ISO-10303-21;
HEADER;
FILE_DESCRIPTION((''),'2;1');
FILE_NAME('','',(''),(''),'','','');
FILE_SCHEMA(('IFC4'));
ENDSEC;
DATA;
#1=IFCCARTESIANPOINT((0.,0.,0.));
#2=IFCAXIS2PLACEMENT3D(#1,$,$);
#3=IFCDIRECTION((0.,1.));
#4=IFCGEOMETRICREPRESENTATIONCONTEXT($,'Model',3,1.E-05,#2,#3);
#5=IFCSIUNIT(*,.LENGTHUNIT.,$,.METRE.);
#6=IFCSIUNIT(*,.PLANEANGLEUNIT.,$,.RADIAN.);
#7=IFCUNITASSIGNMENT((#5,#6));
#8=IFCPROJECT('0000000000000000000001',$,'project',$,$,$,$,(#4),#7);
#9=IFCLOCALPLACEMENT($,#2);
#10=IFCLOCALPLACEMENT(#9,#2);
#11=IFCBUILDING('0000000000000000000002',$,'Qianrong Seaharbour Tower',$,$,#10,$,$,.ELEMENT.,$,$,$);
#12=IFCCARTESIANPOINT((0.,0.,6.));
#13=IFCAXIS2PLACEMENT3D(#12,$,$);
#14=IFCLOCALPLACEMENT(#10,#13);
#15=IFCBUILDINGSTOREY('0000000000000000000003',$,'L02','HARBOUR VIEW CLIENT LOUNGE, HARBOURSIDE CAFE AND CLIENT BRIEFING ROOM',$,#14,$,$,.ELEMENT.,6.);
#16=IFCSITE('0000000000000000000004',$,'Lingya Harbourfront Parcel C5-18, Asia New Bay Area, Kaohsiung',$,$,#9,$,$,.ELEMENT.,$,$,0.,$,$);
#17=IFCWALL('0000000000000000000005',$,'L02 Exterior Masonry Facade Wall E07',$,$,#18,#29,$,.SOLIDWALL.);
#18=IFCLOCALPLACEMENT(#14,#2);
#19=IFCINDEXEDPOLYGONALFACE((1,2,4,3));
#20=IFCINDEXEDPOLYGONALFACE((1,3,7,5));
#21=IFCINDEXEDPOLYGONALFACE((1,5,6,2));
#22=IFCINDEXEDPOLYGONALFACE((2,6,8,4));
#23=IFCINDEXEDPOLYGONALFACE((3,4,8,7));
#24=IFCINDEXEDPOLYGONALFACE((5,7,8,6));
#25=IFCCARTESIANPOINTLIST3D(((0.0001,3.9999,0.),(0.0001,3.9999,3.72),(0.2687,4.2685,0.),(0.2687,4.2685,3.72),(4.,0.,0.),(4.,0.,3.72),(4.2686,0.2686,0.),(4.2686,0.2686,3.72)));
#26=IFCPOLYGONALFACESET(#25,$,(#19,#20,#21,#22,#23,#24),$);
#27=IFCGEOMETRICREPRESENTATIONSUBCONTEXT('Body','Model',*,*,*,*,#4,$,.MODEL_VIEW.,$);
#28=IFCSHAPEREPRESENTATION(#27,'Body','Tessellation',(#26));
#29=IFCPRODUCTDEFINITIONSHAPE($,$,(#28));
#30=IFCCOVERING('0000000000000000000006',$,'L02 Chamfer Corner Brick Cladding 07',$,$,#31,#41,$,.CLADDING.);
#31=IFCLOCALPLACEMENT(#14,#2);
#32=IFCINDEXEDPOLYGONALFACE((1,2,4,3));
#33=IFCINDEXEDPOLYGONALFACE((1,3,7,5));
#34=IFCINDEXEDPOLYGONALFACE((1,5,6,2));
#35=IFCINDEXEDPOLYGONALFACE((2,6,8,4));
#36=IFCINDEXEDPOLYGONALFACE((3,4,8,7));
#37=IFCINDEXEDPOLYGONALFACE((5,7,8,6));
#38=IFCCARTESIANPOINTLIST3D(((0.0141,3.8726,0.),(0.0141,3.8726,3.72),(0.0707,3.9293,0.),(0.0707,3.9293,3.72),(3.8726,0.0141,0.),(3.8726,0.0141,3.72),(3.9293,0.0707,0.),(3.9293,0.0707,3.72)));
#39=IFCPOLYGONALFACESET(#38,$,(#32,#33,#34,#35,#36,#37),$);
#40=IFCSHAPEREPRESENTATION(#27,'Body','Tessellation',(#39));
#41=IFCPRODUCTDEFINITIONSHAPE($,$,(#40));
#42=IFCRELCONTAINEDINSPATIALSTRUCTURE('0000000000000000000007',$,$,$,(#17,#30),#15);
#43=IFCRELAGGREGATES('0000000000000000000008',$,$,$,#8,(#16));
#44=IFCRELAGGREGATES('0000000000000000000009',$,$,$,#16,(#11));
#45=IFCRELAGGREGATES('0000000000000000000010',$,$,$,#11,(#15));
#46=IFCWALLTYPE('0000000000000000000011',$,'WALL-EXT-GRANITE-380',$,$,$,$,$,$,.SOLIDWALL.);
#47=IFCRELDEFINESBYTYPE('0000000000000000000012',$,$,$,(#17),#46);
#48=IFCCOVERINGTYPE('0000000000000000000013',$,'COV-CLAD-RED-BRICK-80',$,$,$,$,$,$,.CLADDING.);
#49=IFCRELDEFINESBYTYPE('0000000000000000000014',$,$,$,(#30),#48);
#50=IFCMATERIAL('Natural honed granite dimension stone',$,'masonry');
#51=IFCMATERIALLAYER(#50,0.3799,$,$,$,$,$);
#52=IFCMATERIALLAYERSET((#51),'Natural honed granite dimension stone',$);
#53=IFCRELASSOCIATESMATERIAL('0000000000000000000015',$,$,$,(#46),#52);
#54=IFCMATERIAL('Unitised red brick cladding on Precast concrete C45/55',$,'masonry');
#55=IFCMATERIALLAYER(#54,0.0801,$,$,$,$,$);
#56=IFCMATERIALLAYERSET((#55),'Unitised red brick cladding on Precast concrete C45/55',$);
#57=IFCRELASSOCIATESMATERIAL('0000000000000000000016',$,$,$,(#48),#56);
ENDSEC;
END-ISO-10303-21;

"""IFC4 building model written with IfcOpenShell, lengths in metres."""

from ifc_helpers import new_model, si_unit, direction, frame, frame_2d, origin, origin_2d, place, context, subcontext, project, spatial, rectangle, extrude, material, layer, layer_set, type_object, element, save


model = new_model("IFC4")

# Units and contexts
model_context = context("Model", 3, precision=1e-05, world=origin(), true_north=direction((0.0, 1.0)))
body_context = subcontext(model_context, "Body", "Model", "MODEL_VIEW")
ifc_project = project(units=[si_unit("LENGTHUNIT", "METRE"), si_unit("PLANEANGLEUNIT", "RADIAN")], contexts=[model_context])

# Site, building, storey
site_placement = place(None, origin())
site = spatial("IfcSite", under=ifc_project, at=site_placement, Name="Lingya Harbourfront Parcel C5-18, Asia New Bay Area, Kaohsiung", CompositionType="ELEMENT", RefElevation=0.0)
building_placement = place(site_placement, origin())
building = spatial("IfcBuilding", under=site, at=building_placement, Name="Qianrong Seaharbour Tower", CompositionType="ELEMENT")
storey_placement = place(building_placement, frame((0.0, 0.0, 6.0)))
storey = spatial("IfcBuildingStorey", under=building, at=storey_placement, Name="L02", Description="HARBOUR VIEW CLIENT LOUNGE, HARBOURSIDE CAFE AND CLIENT BRIEFING ROOM", CompositionType="ELEMENT", Elevation=6.0)

# Shared definitions
ifc_material_1 = material(Name="Natural honed granite dimension stone", Category="masonry")
ifc_layer_1 = layer(ifc_material_1, 0.3799)
ifc_layer_set_1 = layer_set([ifc_layer_1], Name="Natural honed granite dimension stone")
wall_type = type_object("IfcWallType", Name="WALL-EXT-GRANITE-380", PredefinedType="SOLIDWALL", material=ifc_layer_set_1)

# Wall
wall_1_placement = place(storey_placement, frame((4.1343, 0.1343, 0.0), z_axis=(0.0, 0.0, 1.0), x_axis=(-0.707107, 0.707107, 0.0)))
element("IfcWall", 1, at=wall_1_placement, inside=storey, type_object=wall_type, Name="L02 Exterior Masonry Facade Wall E07", PredefinedType="SOLIDWALL", context=body_context, shape_type="SweptSolid", body=[
    extrude(rectangle(XDim=5.6567, YDim=0.3799, at=frame_2d((2.8284, 0.0))), origin(), (0.0, 0.0, 1.0), 3.72),
])

# Covering
ifc_material_2 = material(Name="Unitised red brick cladding on Precast concrete C45/55", Category="masonry")
ifc_layer_2 = layer(ifc_material_2, 0.0801)
ifc_layer_set_2 = layer_set([ifc_layer_2], Name="Unitised red brick cladding on Precast concrete C45/55")
covering_type = type_object("IfcCoveringType", Name="COV-CLAD-RED-BRICK-80", PredefinedType="CLADDING", material=ifc_layer_set_2)
covering_placement = place(storey_placement, frame((1.9717, 1.9717, 0.0), z_axis=(0.0, 0.0, 1.0), x_axis=(-0.707107, 0.707107, 0.0)))
element("IfcCovering", 2, at=covering_placement, inside=storey, type_object=covering_type, Name="L02 Chamfer Corner Brick Cladding 07", PredefinedType="CLADDING", context=body_context, shape_type="SweptSolid", body=[
    extrude(rectangle(XDim=5.4568, YDim=0.0801, at=origin_2d()), origin(), (0.0, 0.0, 1.0), 3.72),
])

save(model, "model.ifc")
